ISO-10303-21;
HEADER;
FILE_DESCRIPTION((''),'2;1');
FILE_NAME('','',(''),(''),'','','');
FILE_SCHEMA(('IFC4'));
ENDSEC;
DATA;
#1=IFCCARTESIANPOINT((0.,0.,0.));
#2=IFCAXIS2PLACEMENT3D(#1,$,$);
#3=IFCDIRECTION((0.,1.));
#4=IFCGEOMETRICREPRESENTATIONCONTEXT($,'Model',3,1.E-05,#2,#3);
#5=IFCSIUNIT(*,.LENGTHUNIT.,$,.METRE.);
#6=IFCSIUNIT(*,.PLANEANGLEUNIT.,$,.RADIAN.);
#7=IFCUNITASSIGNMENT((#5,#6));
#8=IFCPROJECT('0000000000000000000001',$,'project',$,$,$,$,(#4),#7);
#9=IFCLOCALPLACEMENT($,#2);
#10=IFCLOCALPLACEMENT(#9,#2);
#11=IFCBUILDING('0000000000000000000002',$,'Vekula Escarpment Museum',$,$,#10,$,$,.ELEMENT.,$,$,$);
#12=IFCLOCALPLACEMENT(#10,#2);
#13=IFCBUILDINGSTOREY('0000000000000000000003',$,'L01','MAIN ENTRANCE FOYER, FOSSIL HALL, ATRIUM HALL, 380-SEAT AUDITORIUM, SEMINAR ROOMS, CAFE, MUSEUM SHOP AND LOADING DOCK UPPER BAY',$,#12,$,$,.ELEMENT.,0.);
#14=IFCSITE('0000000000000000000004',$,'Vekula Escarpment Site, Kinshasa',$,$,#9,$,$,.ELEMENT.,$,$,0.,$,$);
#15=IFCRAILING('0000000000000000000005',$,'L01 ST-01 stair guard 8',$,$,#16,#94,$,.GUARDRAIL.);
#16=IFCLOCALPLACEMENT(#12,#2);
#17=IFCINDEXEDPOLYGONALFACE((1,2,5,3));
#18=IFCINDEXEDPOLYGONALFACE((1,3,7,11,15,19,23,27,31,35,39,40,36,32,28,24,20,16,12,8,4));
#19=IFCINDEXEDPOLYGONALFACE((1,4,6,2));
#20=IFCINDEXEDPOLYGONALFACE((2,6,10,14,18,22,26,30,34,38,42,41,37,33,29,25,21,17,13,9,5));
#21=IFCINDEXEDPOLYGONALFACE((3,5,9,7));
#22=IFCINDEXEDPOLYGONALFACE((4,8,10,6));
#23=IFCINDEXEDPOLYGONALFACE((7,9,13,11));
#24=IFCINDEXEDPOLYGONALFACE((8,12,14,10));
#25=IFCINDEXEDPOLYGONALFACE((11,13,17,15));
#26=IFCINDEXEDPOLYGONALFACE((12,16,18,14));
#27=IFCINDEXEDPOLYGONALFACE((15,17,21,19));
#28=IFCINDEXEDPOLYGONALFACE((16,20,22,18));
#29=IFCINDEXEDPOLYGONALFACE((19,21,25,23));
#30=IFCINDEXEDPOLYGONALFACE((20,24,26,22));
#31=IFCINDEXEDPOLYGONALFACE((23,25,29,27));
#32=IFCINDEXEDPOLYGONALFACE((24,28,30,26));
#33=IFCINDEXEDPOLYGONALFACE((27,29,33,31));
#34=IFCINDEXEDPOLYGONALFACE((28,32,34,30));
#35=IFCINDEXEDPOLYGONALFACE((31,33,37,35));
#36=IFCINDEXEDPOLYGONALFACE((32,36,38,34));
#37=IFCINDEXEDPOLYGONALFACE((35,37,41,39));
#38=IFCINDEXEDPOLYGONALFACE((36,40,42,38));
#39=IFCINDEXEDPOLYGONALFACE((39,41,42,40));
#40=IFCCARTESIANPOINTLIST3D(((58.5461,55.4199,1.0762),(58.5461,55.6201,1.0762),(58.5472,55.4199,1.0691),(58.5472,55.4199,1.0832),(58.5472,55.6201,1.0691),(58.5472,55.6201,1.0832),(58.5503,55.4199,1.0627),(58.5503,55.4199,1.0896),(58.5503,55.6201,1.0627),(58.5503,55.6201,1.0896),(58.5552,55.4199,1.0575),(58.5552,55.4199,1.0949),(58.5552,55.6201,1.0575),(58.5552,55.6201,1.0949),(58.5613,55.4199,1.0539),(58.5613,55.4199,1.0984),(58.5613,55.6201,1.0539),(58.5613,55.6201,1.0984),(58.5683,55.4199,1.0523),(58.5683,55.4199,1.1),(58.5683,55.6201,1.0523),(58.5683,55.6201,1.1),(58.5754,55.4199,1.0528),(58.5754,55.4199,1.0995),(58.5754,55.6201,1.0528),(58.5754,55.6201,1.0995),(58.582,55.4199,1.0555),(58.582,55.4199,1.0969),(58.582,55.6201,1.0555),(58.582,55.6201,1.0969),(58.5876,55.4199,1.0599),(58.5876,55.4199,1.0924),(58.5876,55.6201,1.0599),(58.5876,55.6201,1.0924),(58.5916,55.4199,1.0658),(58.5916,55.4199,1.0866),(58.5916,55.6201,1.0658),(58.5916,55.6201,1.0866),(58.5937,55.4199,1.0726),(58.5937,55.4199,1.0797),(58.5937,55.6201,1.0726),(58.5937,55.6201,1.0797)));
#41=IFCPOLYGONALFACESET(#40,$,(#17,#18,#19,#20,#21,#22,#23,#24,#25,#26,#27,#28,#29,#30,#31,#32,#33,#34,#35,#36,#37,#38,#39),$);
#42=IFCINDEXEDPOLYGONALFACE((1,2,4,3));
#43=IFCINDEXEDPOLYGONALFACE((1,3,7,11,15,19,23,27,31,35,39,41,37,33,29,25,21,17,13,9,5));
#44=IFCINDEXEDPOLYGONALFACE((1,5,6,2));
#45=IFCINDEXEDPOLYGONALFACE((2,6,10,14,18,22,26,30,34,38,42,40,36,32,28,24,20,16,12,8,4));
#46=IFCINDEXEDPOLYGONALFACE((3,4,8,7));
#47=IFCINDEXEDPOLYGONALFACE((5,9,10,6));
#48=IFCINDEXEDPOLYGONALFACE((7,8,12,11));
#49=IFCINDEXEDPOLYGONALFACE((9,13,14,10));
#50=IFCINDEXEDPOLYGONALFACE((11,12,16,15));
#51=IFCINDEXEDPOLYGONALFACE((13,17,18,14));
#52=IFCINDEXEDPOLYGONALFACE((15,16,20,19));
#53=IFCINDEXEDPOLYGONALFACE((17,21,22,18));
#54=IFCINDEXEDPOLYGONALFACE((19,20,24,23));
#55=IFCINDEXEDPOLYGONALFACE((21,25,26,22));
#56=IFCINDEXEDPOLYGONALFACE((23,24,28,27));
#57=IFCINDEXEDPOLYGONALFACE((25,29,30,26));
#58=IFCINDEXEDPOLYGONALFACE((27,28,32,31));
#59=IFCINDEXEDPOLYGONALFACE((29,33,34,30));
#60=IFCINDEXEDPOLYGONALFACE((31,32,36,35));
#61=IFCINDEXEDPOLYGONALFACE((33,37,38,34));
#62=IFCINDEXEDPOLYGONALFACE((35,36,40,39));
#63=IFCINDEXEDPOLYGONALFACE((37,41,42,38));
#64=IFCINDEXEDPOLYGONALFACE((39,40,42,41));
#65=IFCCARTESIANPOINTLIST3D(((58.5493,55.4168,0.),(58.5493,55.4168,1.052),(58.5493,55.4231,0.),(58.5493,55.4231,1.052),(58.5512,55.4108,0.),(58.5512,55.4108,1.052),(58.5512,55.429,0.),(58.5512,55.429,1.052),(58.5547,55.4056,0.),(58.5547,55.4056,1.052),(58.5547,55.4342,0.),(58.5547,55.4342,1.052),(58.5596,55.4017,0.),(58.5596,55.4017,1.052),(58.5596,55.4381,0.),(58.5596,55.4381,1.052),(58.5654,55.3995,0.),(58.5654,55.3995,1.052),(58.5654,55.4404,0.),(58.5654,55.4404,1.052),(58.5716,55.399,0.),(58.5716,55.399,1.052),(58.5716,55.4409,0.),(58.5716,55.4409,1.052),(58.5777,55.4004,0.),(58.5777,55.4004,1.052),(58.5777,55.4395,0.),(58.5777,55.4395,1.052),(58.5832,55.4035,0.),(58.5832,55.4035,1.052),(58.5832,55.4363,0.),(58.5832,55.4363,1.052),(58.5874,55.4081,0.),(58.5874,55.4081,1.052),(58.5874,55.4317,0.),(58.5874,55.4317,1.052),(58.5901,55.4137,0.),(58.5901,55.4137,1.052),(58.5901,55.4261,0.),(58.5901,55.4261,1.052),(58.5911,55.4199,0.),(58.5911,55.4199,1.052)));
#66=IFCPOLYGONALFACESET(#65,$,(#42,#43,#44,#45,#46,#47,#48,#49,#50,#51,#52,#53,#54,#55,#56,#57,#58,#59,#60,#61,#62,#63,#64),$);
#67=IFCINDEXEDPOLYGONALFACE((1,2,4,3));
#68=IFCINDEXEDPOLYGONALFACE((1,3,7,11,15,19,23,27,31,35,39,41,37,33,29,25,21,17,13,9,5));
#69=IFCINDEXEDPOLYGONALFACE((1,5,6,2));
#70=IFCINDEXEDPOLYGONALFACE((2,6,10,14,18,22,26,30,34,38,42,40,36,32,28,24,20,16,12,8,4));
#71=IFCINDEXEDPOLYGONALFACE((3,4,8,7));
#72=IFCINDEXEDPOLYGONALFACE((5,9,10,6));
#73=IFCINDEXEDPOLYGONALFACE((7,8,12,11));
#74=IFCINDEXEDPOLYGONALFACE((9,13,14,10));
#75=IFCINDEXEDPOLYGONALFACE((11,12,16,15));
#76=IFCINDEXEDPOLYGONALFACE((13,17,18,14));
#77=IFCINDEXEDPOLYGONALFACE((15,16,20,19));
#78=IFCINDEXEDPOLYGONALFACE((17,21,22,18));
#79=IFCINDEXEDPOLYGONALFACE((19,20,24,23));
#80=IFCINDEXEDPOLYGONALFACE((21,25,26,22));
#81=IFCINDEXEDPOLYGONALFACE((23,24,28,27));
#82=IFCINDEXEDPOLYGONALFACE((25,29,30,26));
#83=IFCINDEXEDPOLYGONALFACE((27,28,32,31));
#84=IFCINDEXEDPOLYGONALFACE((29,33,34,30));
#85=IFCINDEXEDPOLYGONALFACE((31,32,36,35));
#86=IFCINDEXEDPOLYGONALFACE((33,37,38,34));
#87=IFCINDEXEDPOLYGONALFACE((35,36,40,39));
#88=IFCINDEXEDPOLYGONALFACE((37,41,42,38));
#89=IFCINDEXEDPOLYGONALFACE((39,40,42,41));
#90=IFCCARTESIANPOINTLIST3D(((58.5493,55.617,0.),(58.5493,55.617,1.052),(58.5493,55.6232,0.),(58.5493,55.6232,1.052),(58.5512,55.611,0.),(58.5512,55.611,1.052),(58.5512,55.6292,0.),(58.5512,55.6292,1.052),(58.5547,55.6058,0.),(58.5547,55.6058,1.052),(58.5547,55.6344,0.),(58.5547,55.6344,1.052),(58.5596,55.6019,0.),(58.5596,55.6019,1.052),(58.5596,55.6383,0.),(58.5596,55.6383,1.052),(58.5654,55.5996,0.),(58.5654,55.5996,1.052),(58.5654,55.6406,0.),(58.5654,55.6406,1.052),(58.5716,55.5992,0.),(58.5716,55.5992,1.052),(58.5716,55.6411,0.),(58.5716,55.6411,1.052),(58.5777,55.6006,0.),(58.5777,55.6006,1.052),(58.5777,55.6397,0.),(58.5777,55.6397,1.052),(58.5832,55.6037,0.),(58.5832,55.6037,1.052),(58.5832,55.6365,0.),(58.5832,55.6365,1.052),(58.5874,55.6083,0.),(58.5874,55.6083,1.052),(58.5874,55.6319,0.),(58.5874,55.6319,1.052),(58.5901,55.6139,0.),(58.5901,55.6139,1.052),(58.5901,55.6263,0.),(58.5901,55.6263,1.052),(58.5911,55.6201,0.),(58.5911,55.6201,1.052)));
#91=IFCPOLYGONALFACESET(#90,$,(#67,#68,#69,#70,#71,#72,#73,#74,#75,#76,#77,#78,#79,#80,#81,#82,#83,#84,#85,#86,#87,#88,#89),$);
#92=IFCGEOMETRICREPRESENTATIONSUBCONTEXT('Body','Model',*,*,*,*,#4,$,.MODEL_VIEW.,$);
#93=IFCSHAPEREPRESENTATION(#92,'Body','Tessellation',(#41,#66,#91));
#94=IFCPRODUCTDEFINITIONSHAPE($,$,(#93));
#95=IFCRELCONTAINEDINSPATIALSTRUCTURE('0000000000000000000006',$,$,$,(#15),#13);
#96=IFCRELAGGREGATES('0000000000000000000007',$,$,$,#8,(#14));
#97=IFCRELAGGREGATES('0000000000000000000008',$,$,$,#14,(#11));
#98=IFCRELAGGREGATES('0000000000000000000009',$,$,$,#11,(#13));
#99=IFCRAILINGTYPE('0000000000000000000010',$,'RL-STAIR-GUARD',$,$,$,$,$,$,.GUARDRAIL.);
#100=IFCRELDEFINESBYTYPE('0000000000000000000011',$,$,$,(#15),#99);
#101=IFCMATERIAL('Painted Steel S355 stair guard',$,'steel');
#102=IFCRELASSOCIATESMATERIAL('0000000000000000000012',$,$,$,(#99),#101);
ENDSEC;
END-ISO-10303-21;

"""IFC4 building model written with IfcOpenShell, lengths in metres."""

from ifc_helpers import new_model, si_unit, direction, frame, origin, origin_2d, place, context, subcontext, project, spatial, circle, extrude, material, type_object, element, save


model = new_model("IFC4")

# Units and contexts
model_context = context("Model", 3, precision=1e-05, world=origin(), true_north=direction((0.0, 1.0)))
body_context = subcontext(model_context, "Body", "Model", "MODEL_VIEW")
ifc_project = project(units=[si_unit("LENGTHUNIT", "METRE"), si_unit("PLANEANGLEUNIT", "RADIAN")], contexts=[model_context])

# Site, building, storey
site_placement = place(None, origin())
site = spatial("IfcSite", under=ifc_project, at=site_placement, Name="Vekula Escarpment Site, Kinshasa", CompositionType="ELEMENT", RefElevation=0.0)
building_placement = place(site_placement, origin())
building = spatial("IfcBuilding", under=site, at=building_placement, Name="Vekula Escarpment Museum", CompositionType="ELEMENT")
storey_placement = place(building_placement, origin())
storey = spatial("IfcBuildingStorey", under=building, at=storey_placement, Name="L01", Description="MAIN ENTRANCE FOYER, FOSSIL HALL, ATRIUM HALL, 380-SEAT AUDITORIUM, SEMINAR ROOMS, CAFE, MUSEUM SHOP AND LOADING DOCK UPPER BAY", CompositionType="ELEMENT", Elevation=0.0)

# Railing
ifc_material_1 = material(Name="Painted Steel S355 stair guard", Category="steel")
railing_type_1 = type_object("IfcRailingType", Name="RL-STAIR-GUARD", PredefinedType="GUARDRAIL", material=ifc_material_1)
railing_1_placement = place(storey_placement, frame((58.5701, 55.4199, 0.0)))
element("IfcRailing", 1, at=railing_1_placement, inside=storey, type_object=railing_type_1, Name="L01 ST-01 stair guard 8", PredefinedType="GUARDRAIL", context=body_context, shape_type="SweptSolid", body=[
    extrude(circle(Radius=0.0239, at=origin_2d()), frame((0.0, 0.0, 1.0762), z_axis=(0.0, 1.0, 0.0), x_axis=(-1.0, 0.0, 0.0)), (0.0, 0.0, 1.0), 0.2002),
    extrude(circle(Radius=0.021, at=origin_2d()), origin(), (0.0, 0.0, 1.0), 1.052),
    extrude(circle(Radius=0.021, at=origin_2d()), frame((0.0, 0.2002, 0.0)), (0.0, 0.0, 1.0), 1.052),
])

save(model, "model.ifc")
